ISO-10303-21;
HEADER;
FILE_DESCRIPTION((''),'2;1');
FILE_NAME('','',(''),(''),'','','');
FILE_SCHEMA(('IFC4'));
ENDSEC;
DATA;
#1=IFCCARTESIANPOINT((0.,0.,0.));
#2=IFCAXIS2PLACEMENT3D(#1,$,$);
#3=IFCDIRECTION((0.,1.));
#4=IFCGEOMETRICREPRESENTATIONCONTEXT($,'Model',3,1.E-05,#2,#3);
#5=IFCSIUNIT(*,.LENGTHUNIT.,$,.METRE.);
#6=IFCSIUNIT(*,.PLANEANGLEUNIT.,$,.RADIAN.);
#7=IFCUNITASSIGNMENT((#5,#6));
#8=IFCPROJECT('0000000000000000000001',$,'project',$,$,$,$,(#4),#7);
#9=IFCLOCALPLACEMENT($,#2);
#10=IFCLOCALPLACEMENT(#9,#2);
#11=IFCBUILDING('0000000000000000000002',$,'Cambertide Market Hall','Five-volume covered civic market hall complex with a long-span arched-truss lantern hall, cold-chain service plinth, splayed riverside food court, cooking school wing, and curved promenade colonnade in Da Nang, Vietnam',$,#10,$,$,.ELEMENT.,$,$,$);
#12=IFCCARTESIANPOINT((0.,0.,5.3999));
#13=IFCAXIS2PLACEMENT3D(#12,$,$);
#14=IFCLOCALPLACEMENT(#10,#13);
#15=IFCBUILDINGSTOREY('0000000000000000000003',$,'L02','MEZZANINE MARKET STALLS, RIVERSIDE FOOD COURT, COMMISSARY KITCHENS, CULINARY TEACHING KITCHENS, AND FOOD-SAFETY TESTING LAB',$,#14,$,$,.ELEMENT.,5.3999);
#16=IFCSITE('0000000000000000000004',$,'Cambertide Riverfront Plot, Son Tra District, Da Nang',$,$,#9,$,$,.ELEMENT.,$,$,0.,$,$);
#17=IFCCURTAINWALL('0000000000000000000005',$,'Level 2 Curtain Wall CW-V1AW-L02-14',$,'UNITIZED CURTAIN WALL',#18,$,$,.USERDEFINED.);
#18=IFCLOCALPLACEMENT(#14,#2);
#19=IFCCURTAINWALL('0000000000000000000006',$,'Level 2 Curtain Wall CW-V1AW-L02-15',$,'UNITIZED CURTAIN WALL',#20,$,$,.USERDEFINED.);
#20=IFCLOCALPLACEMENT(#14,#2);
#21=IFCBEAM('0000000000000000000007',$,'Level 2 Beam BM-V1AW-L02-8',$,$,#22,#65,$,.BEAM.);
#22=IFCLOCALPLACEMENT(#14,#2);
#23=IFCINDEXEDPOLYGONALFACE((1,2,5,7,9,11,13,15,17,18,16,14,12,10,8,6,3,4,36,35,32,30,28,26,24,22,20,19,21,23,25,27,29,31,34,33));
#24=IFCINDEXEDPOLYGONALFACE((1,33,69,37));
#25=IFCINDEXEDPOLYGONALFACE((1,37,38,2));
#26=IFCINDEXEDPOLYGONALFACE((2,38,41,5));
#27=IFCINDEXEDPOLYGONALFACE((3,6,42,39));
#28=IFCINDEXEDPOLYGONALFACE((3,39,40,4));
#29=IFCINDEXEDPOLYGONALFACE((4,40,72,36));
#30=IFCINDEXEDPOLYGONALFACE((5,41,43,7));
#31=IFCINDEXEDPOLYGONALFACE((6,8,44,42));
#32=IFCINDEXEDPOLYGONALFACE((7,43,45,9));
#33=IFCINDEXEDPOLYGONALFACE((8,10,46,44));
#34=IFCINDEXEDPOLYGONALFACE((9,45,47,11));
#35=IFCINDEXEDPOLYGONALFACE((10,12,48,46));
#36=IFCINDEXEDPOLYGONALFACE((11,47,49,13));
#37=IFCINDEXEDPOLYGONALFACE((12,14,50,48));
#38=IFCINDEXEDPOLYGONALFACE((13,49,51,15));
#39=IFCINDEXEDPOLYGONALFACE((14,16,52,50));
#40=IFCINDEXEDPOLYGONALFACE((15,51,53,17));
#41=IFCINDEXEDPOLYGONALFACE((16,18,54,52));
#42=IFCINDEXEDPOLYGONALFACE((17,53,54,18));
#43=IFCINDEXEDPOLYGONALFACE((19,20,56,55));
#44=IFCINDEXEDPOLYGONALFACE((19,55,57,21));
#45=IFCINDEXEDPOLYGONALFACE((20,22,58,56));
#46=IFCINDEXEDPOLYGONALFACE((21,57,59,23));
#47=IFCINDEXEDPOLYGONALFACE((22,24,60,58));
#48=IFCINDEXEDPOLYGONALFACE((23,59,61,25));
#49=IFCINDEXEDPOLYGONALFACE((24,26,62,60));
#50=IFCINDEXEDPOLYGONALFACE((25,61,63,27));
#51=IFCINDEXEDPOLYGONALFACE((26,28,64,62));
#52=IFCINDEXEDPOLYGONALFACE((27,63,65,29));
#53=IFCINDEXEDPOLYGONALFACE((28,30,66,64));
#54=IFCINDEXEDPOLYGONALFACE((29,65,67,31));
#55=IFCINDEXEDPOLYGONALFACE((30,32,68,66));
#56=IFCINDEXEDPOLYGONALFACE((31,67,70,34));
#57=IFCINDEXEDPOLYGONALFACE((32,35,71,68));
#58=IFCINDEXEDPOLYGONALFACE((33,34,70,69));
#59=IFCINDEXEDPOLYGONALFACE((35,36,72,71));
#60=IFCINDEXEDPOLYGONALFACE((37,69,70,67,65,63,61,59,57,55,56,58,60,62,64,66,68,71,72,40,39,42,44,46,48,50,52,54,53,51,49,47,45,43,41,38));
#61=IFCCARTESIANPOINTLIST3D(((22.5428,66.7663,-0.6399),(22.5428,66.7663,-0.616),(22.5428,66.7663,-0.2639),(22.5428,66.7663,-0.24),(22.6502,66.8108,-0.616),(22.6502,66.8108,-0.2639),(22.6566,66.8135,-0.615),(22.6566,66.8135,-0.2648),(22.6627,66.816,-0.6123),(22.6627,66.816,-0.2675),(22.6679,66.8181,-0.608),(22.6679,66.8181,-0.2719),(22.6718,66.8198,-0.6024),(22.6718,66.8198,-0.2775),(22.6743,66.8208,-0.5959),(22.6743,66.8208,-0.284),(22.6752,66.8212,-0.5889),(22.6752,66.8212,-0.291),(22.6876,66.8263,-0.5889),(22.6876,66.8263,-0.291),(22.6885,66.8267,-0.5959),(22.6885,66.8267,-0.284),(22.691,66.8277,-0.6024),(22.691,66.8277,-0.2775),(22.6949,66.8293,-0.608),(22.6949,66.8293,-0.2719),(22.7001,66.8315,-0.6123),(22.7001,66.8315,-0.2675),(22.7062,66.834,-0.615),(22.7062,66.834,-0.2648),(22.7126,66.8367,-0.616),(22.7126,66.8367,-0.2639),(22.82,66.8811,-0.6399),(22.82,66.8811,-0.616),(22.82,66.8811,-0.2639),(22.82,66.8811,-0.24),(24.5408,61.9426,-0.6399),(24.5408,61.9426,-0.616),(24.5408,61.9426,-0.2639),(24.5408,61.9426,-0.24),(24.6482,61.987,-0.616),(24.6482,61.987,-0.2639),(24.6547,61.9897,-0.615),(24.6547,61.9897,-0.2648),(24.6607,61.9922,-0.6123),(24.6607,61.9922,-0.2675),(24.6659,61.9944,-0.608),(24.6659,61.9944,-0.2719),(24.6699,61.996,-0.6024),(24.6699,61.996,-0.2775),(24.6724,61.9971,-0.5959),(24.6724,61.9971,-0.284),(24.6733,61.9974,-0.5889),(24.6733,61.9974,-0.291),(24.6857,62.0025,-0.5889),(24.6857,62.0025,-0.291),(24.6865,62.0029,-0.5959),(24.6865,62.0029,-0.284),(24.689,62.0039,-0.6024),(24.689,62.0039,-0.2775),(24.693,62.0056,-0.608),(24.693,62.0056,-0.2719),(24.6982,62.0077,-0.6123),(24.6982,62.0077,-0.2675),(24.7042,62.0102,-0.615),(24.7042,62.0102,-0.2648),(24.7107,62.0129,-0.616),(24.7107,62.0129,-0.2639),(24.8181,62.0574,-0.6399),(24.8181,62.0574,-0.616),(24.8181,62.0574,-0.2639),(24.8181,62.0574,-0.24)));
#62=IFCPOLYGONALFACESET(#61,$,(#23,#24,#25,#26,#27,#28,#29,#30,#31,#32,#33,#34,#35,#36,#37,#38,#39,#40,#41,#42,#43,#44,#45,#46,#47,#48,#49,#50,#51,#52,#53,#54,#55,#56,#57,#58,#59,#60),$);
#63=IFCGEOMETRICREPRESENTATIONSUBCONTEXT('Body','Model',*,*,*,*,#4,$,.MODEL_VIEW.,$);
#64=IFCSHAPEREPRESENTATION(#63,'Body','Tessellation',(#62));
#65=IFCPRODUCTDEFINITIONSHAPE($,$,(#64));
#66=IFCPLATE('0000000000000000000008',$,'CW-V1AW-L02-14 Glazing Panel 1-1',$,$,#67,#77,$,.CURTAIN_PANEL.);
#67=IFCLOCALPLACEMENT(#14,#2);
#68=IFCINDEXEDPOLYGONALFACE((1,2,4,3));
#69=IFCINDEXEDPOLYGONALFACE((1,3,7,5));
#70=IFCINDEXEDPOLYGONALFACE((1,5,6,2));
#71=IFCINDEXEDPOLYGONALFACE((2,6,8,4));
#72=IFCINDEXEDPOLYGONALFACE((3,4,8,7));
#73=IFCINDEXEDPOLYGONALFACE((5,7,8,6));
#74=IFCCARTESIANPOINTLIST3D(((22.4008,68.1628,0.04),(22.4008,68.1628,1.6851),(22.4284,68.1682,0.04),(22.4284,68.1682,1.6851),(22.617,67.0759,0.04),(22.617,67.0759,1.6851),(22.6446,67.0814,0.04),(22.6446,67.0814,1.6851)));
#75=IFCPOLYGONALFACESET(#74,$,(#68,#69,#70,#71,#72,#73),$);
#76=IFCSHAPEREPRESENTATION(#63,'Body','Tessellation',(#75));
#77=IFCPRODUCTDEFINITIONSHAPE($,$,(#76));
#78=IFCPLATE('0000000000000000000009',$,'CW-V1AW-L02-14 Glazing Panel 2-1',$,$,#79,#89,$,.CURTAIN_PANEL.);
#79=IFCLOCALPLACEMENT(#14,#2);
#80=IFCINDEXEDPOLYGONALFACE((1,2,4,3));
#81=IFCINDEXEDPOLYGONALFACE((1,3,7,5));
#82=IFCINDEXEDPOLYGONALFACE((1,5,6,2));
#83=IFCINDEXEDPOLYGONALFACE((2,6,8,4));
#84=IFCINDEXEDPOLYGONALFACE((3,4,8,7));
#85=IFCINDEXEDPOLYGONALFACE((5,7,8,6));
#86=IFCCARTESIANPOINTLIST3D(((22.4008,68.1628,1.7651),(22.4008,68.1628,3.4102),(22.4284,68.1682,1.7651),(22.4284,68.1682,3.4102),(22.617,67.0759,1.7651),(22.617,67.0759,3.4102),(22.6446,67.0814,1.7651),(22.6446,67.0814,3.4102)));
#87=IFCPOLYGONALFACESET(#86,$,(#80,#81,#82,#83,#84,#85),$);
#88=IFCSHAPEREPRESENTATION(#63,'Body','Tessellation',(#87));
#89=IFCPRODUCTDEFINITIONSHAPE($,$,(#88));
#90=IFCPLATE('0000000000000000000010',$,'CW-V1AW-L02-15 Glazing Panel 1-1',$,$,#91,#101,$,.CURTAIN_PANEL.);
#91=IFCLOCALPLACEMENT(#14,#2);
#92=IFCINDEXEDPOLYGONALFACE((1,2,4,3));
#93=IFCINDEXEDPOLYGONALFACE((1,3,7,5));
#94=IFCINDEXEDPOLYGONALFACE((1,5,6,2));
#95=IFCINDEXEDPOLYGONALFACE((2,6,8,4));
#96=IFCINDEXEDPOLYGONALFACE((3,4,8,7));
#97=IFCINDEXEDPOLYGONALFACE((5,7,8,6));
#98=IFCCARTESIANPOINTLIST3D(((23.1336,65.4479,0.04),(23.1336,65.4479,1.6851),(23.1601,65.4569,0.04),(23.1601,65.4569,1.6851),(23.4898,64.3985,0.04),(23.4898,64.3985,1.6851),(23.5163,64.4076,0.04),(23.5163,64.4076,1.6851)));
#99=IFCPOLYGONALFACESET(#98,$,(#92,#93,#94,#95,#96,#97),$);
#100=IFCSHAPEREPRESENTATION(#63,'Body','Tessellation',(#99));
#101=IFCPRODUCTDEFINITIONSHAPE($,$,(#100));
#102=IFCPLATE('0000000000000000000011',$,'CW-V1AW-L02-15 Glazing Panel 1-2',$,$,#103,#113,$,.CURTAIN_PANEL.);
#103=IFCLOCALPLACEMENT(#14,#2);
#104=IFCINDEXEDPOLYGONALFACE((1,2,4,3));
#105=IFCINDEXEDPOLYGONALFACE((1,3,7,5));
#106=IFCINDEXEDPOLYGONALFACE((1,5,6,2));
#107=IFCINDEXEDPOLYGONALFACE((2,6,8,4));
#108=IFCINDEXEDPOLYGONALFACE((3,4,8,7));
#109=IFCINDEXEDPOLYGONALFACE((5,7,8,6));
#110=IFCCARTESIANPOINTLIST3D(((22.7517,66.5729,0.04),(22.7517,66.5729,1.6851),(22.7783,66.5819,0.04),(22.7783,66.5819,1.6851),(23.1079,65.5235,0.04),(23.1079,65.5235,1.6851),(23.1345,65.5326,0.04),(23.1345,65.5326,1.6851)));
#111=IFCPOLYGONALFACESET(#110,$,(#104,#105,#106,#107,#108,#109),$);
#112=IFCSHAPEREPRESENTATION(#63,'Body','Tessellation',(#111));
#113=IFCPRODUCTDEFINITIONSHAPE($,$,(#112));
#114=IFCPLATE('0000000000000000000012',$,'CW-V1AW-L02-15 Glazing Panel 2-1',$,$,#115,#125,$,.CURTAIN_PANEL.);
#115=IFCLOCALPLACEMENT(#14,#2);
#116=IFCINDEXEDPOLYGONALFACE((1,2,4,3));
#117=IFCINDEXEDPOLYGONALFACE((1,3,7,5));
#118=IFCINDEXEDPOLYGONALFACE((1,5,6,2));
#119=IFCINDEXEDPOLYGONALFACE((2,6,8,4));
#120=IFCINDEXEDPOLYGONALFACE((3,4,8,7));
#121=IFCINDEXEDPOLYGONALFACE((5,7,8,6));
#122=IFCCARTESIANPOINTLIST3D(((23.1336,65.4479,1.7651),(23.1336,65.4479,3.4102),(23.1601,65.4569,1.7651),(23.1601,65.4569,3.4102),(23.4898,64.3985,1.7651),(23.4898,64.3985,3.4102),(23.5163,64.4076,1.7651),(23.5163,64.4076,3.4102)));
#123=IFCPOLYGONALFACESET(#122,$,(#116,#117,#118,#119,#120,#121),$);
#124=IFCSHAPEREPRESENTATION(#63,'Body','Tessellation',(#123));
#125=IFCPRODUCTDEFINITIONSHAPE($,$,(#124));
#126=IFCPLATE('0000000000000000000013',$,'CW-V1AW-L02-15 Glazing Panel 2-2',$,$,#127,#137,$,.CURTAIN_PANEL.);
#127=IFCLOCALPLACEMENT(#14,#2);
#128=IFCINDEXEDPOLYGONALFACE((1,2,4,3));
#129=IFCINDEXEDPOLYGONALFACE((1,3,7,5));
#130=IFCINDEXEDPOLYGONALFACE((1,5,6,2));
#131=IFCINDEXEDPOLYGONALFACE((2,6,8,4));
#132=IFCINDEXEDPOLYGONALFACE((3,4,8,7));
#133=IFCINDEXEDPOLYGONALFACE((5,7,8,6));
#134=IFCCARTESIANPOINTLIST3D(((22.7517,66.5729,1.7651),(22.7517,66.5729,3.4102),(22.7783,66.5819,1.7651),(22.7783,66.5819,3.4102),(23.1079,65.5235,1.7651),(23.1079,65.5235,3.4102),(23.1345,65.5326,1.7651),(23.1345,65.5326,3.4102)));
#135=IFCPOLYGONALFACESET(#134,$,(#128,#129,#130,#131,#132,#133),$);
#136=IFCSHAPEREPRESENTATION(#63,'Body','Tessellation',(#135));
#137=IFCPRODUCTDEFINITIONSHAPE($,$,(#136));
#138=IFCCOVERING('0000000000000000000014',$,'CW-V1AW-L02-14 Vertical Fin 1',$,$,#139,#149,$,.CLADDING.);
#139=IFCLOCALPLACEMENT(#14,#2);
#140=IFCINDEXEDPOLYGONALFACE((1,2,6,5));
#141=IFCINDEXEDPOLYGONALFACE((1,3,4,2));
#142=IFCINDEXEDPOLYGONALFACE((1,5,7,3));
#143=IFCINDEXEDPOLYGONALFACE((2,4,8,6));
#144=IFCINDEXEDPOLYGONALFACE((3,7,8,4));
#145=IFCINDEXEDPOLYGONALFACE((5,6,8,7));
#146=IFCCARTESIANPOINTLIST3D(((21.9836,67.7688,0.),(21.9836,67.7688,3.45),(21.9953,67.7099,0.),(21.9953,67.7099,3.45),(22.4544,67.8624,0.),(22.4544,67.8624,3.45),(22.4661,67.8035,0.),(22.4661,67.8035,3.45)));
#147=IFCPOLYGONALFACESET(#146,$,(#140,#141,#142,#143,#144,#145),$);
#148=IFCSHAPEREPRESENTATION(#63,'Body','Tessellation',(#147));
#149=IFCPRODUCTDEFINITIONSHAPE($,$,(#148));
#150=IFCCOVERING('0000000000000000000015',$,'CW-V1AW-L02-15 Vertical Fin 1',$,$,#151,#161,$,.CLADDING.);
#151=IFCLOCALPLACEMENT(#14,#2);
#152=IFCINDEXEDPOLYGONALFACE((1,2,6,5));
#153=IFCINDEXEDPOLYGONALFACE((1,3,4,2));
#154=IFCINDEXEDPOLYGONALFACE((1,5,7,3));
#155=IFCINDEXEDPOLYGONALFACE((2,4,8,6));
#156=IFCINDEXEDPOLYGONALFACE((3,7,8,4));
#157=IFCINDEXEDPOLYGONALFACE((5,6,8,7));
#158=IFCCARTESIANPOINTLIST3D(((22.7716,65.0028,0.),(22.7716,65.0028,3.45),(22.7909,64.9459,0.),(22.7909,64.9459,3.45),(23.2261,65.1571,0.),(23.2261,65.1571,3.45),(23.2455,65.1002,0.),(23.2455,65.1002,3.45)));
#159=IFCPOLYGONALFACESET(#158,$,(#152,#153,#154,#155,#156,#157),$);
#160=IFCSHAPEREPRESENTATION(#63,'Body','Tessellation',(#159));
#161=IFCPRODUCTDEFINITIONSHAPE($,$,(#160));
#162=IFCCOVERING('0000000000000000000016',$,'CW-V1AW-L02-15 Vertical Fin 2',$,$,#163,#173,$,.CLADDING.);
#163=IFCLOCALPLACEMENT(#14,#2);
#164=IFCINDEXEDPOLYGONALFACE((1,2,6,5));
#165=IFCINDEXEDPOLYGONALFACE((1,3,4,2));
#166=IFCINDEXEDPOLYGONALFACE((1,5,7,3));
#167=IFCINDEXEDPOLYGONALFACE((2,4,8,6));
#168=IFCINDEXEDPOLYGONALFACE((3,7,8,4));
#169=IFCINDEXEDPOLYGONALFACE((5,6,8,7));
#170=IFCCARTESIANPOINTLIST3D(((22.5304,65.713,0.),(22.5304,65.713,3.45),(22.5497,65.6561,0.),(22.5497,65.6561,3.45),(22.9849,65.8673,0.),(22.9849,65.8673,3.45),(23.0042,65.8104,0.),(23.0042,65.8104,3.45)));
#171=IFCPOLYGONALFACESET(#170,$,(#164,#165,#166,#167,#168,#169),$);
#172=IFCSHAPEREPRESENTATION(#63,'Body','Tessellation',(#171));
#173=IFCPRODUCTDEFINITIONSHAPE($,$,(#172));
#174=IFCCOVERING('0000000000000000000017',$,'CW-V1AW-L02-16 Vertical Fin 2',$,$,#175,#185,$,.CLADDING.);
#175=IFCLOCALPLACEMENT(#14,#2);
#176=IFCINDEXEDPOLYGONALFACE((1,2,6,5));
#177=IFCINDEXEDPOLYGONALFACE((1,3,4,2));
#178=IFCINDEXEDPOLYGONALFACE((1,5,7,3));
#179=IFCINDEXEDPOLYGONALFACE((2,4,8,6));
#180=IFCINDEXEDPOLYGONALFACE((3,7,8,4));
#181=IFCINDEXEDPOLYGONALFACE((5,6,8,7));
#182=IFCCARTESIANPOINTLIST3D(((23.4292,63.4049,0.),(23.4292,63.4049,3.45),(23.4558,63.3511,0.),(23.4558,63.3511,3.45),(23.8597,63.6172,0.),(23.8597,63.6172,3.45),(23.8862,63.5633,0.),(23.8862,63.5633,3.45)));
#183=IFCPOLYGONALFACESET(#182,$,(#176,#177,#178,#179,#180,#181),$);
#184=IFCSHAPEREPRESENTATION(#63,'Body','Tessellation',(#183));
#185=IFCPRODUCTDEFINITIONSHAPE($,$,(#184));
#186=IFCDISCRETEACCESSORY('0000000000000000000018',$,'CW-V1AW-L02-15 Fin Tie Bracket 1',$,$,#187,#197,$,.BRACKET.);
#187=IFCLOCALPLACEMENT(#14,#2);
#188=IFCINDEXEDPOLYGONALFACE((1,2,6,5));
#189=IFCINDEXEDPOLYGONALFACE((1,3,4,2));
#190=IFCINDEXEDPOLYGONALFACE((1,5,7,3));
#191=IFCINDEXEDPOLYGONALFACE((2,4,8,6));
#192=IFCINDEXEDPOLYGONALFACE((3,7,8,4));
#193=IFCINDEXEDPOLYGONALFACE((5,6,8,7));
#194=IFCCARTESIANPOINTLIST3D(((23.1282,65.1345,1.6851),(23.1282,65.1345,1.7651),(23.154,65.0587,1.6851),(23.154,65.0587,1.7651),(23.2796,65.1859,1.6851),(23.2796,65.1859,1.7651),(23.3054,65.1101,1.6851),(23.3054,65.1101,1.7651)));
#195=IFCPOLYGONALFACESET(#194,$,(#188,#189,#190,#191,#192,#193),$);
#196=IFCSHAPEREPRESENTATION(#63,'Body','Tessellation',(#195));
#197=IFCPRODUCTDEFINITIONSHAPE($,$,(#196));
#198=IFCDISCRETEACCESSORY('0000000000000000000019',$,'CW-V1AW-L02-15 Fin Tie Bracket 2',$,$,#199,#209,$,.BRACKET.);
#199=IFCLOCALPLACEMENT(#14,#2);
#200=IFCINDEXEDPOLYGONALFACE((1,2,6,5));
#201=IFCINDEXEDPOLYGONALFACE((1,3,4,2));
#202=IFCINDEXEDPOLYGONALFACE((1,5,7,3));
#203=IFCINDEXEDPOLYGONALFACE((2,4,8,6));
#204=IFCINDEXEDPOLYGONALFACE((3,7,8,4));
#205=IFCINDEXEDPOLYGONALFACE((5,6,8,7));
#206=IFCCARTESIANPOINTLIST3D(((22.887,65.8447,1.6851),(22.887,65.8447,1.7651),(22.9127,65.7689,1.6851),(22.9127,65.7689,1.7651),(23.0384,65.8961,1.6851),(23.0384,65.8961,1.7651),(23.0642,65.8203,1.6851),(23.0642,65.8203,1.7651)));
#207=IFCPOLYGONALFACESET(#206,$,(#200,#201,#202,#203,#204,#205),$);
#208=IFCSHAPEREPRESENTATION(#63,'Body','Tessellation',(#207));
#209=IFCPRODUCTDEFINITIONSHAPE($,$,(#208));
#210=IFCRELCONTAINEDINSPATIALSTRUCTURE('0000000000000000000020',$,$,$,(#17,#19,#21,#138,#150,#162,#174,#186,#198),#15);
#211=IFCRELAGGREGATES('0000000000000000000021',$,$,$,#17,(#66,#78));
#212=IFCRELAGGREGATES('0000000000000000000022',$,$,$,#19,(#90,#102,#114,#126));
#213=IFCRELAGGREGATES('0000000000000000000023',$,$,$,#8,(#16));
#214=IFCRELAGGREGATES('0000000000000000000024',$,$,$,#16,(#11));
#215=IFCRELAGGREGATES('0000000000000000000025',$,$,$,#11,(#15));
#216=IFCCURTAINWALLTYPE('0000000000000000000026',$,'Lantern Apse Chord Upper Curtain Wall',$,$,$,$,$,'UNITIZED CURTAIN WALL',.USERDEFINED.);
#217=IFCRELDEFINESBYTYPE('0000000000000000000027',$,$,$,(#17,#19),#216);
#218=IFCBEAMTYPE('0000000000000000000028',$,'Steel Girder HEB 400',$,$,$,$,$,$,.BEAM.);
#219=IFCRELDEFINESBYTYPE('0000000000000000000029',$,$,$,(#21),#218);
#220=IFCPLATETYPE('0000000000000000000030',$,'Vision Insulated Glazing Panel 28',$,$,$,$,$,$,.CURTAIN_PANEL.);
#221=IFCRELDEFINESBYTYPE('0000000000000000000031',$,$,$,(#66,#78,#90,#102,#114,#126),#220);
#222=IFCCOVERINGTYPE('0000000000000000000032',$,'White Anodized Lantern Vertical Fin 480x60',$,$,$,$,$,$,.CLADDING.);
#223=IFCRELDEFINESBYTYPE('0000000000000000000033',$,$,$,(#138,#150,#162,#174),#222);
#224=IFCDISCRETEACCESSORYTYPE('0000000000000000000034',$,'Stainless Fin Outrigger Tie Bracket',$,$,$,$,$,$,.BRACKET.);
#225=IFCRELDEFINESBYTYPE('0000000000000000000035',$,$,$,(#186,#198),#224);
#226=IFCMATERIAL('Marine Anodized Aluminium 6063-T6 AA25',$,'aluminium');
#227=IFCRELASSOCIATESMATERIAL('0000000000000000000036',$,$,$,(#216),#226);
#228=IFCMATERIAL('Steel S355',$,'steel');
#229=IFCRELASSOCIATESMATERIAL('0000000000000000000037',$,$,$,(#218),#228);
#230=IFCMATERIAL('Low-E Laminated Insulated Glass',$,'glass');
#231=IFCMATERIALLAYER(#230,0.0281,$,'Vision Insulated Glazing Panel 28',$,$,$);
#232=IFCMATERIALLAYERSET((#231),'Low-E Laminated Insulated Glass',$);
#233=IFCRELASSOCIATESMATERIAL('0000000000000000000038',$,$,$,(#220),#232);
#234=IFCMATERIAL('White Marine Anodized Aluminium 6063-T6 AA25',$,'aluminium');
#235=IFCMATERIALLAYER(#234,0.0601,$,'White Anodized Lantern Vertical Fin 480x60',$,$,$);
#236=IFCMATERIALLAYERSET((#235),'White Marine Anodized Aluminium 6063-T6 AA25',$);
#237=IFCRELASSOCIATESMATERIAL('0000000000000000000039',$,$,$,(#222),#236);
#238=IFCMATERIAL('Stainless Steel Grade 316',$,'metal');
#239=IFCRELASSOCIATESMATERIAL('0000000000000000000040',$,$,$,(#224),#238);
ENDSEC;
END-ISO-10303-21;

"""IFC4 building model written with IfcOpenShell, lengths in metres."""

from ifc_helpers import new_model, si_unit, direction, frame, origin, origin_2d, place, context, subcontext, project, spatial, rectangle, i_section, extrude, material, layer, layer_set, material_profile, profile_set, type_object, element, aggregate, save


model = new_model("IFC4")

# Units and contexts
model_context = context("Model", 3, precision=1e-05, world=origin(), true_north=direction((0.0, 1.0)))
body_context = subcontext(model_context, "Body", "Model", "MODEL_VIEW")
ifc_project = project(units=[si_unit("LENGTHUNIT", "METRE"), si_unit("PLANEANGLEUNIT", "RADIAN")], contexts=[model_context])

# Site, building, storey
site_placement = place(None, origin())
site = spatial("IfcSite", under=ifc_project, at=site_placement, Name="Cambertide Riverfront Plot, Son Tra District, Da Nang", CompositionType="ELEMENT", RefElevation=0.0)
building_placement = place(site_placement, origin())
building = spatial("IfcBuilding", under=site, at=building_placement, Name="Cambertide Market Hall", Description="Five-volume covered civic market hall complex with a long-span arched-truss lantern hall, cold-chain service plinth, splayed riverside food court, cooking school wing, and curved promenade colonnade in Da Nang, Vietnam", CompositionType="ELEMENT")
storey_placement = place(building_placement, frame((0.0, 0.0, 5.3999)))
storey = spatial("IfcBuildingStorey", under=building, at=storey_placement, Name="L02", Description="MEZZANINE MARKET STALLS, RIVERSIDE FOOD COURT, COMMISSARY KITCHENS, CULINARY TEACHING KITCHENS, AND FOOD-SAFETY TESTING LAB", CompositionType="ELEMENT", Elevation=5.3999)

# Curtain wall
ifc_material_1 = material(Name="Marine Anodized Aluminium 6063-T6 AA25", Category="aluminium")
curtain_wall_type = type_object("IfcCurtainWallType", Name="Lantern Apse Chord Upper Curtain Wall", ElementType="UNITIZED CURTAIN WALL", PredefinedType="USERDEFINED", material=ifc_material_1)
curtain_wall_1_placement = place(storey_placement, origin())
curtain_wall_1 = element("IfcCurtainWall", 1, at=curtain_wall_1_placement, inside=storey, type_object=curtain_wall_type, Name="Level 2 Curtain Wall CW-V1AW-L02-14", ObjectType="UNITIZED CURTAIN WALL", PredefinedType="USERDEFINED")

# Curtain wall
curtain_wall_2_placement = place(storey_placement, origin())
curtain_wall_2 = element("IfcCurtainWall", 2, at=curtain_wall_2_placement, inside=storey, type_object=curtain_wall_type, Name="Level 2 Curtain Wall CW-V1AW-L02-15", ObjectType="UNITIZED CURTAIN WALL", PredefinedType="USERDEFINED")

# Beam
ifc_material_2 = material(Name="Steel S355", Category="steel")
ifc_material_profile_1 = material_profile(ifc_material_2, i_section(OverallWidth=0.3, OverallDepth=0.3999, WebThickness=0.0134, FlangeThickness=0.0239, FilletRadius=0.0271, at=origin_2d()), Name="HEB 400")
ifc_profile_set_1 = profile_set([ifc_material_profile_1], Name="Steel S355")
beam_type_1 = type_object("IfcBeamType", Name="Steel Girder HEB 400", PredefinedType="BEAM", material=ifc_profile_set_1)
beam_1_placement = place(storey_placement, frame((22.6814, 66.8237, -0.4399), z_axis=(0.382682, -0.92388, 0.0), x_axis=(0.92388, 0.382682, 0.0)))
element("IfcBeam", 3, at=beam_1_placement, inside=storey, type_object=beam_type_1, Name="Level 2 Beam BM-V1AW-L02-8", PredefinedType="BEAM", context=body_context, shape_type="SweptSolid", body=[
    extrude(i_section(OverallWidth=0.3, OverallDepth=0.3999, WebThickness=0.0134, FlangeThickness=0.0239, FilletRadius=0.0271, at=origin_2d()), origin(), (0.0, 0.0, 1.0), 5.2212),
])

# Plates
ifc_material_3 = material(Name="Low-E Laminated Insulated Glass", Category="glass")
ifc_layer_1 = layer(ifc_material_3, 0.0281, Name="Vision Insulated Glazing Panel 28")
ifc_layer_set_1 = layer_set([ifc_layer_1], Name="Low-E Laminated Insulated Glass")
plate_type = type_object("IfcPlateType", Name="Vision Insulated Glazing Panel 28", PredefinedType="CURTAIN_PANEL", material=ifc_layer_set_1)
plate_1_placement = place(storey_placement, frame((22.5227, 67.6221, 0.04), z_axis=(0.0, 0.0, 1.0), x_axis=(-0.19509, 0.980785, 0.0)))
plate_1 = element("IfcPlate", 4, at=plate_1_placement, type_object=plate_type, Name="CW-V1AW-L02-14 Glazing Panel 1-1", PredefinedType="CURTAIN_PANEL", context=body_context, shape_type="SweptSolid", body=[
    extrude(rectangle(XDim=1.1082, YDim=0.0281, at=origin_2d()), origin(), (0.0, 0.0, 1.0), 1.645),
])
plate_2_placement = place(storey_placement, frame((22.5227, 67.6221, 1.7651), z_axis=(0.0, 0.0, 1.0), x_axis=(-0.19509, 0.980785, 0.0)))
plate_2 = element("IfcPlate", 5, at=plate_2_placement, type_object=plate_type, Name="CW-V1AW-L02-14 Glazing Panel 2-1", PredefinedType="CURTAIN_PANEL", context=body_context, shape_type="SweptSolid", body=[
    extrude(rectangle(XDim=1.1082, YDim=0.0281, at=origin_2d()), origin(), (0.0, 0.0, 1.0), 1.645),
])
aggregate(curtain_wall_1, [plate_1, plate_2])
plate_3_placement = place(storey_placement, frame((23.325, 64.9277, 0.04), z_axis=(0.0, 0.0, 1.0), x_axis=(-0.321439, 0.94693, 0.0)))
plate_3 = element("IfcPlate", 6, at=plate_3_placement, type_object=plate_type, Name="CW-V1AW-L02-15 Glazing Panel 1-1", PredefinedType="CURTAIN_PANEL", context=body_context, shape_type="SweptSolid", body=[
    extrude(rectangle(XDim=1.1082, YDim=0.0281, at=origin_2d()), origin(), (0.0, 0.0, 1.0), 1.645),
])
plate_4_placement = place(storey_placement, frame((22.9431, 66.0527, 0.04), z_axis=(0.0, 0.0, 1.0), x_axis=(-0.321439, 0.94693, 0.0)))
plate_4 = element("IfcPlate", 7, at=plate_4_placement, type_object=plate_type, Name="CW-V1AW-L02-15 Glazing Panel 1-2", PredefinedType="CURTAIN_PANEL", context=body_context, shape_type="SweptSolid", body=[
    extrude(rectangle(XDim=1.1082, YDim=0.0281, at=origin_2d()), origin(), (0.0, 0.0, 1.0), 1.645),
])
plate_5_placement = place(storey_placement, frame((23.325, 64.9277, 1.7651), z_axis=(0.0, 0.0, 1.0), x_axis=(-0.321439, 0.94693, 0.0)))
plate_5 = element("IfcPlate", 8, at=plate_5_placement, type_object=plate_type, Name="CW-V1AW-L02-15 Glazing Panel 2-1", PredefinedType="CURTAIN_PANEL", context=body_context, shape_type="SweptSolid", body=[
    extrude(rectangle(XDim=1.1082, YDim=0.0281, at=origin_2d()), origin(), (0.0, 0.0, 1.0), 1.645),
])
plate_6_placement = place(storey_placement, frame((22.9431, 66.0527, 1.7651), z_axis=(0.0, 0.0, 1.0), x_axis=(-0.321439, 0.94693, 0.0)))
plate_6 = element("IfcPlate", 9, at=plate_6_placement, type_object=plate_type, Name="CW-V1AW-L02-15 Glazing Panel 2-2", PredefinedType="CURTAIN_PANEL", context=body_context, shape_type="SweptSolid", body=[
    extrude(rectangle(XDim=1.1082, YDim=0.0281, at=origin_2d()), origin(), (0.0, 0.0, 1.0), 1.645),
])
aggregate(curtain_wall_2, [plate_3, plate_4, plate_5, plate_6])

# Coverings
ifc_material_4 = material(Name="White Marine Anodized Aluminium 6063-T6 AA25", Category="aluminium")
ifc_layer_2 = layer(ifc_material_4, 0.0601, Name="White Anodized Lantern Vertical Fin 480x60")
ifc_layer_set_2 = layer_set([ifc_layer_2], Name="White Marine Anodized Aluminium 6063-T6 AA25")
covering_type = type_object("IfcCoveringType", Name="White Anodized Lantern Vertical Fin 480x60", PredefinedType="CLADDING", material=ifc_layer_set_2)
for number, where, z_axis, x_axis, name in (
    (10, (22.2249, 67.7861, 0.0), (0.0, 0.0, 1.0), (-0.19509, 0.980785, 0.0), "CW-V1AW-L02-14 Vertical Fin 1"),
    (11, (23.0085, 65.0515, 0.0), (0.0, 0.0, 1.0), (-0.321439, 0.94693, 0.0), "CW-V1AW-L02-15 Vertical Fin 1"),
    (12, (22.7673, 65.7617, 0.0), (0.0, 0.0, 1.0), (-0.321439, 0.94693, 0.0), "CW-V1AW-L02-15 Vertical Fin 2"),
    (13, (23.6577, 63.4841, 0.0), (0.0, 0.0, 1.0), (-0.442289, 0.896873, 0.0), "CW-V1AW-L02-16 Vertical Fin 2"),
):
    element("IfcCovering", number, at=place(storey_placement, frame(where, z_axis=z_axis, x_axis=x_axis)), inside=storey, type_object=covering_type, Name=name, PredefinedType="CLADDING", context=body_context, shape_type="SweptSolid", body=[
        extrude(rectangle(XDim=0.0601, YDim=0.48, at=origin_2d()), origin(), (0.0, 0.0, 1.0), 3.45),
    ])

# Discrete accessories
ifc_material_5 = material(Name="Stainless Steel Grade 316", Category="metal")
discrete_accessory_type = type_object("IfcDiscreteAccessoryType", Name="Stainless Fin Outrigger Tie Bracket", PredefinedType="BRACKET", material=ifc_material_5)
for number, where, z_axis, x_axis, name in (
    (14, (23.2168, 65.1223, 1.6851), (0.0, 0.0, 1.0), (-0.321439, 0.94693, 0.0), "CW-V1AW-L02-15 Fin Tie Bracket 1"),
    (15, (22.9756, 65.8325, 1.6851), (0.0, 0.0, 1.0), (-0.321439, 0.94693, 0.0), "CW-V1AW-L02-15 Fin Tie Bracket 2"),
):
    element("IfcDiscreteAccessory", number, at=place(storey_placement, frame(where, z_axis=z_axis, x_axis=x_axis)), inside=storey, type_object=discrete_accessory_type, Name=name, PredefinedType="BRACKET", context=body_context, shape_type="SweptSolid", body=[
        extrude(rectangle(XDim=0.0801, YDim=0.1599, at=origin_2d()), origin(), (0.0, 0.0, 1.0), 0.0801),
    ])

save(model, "model.ifc")
